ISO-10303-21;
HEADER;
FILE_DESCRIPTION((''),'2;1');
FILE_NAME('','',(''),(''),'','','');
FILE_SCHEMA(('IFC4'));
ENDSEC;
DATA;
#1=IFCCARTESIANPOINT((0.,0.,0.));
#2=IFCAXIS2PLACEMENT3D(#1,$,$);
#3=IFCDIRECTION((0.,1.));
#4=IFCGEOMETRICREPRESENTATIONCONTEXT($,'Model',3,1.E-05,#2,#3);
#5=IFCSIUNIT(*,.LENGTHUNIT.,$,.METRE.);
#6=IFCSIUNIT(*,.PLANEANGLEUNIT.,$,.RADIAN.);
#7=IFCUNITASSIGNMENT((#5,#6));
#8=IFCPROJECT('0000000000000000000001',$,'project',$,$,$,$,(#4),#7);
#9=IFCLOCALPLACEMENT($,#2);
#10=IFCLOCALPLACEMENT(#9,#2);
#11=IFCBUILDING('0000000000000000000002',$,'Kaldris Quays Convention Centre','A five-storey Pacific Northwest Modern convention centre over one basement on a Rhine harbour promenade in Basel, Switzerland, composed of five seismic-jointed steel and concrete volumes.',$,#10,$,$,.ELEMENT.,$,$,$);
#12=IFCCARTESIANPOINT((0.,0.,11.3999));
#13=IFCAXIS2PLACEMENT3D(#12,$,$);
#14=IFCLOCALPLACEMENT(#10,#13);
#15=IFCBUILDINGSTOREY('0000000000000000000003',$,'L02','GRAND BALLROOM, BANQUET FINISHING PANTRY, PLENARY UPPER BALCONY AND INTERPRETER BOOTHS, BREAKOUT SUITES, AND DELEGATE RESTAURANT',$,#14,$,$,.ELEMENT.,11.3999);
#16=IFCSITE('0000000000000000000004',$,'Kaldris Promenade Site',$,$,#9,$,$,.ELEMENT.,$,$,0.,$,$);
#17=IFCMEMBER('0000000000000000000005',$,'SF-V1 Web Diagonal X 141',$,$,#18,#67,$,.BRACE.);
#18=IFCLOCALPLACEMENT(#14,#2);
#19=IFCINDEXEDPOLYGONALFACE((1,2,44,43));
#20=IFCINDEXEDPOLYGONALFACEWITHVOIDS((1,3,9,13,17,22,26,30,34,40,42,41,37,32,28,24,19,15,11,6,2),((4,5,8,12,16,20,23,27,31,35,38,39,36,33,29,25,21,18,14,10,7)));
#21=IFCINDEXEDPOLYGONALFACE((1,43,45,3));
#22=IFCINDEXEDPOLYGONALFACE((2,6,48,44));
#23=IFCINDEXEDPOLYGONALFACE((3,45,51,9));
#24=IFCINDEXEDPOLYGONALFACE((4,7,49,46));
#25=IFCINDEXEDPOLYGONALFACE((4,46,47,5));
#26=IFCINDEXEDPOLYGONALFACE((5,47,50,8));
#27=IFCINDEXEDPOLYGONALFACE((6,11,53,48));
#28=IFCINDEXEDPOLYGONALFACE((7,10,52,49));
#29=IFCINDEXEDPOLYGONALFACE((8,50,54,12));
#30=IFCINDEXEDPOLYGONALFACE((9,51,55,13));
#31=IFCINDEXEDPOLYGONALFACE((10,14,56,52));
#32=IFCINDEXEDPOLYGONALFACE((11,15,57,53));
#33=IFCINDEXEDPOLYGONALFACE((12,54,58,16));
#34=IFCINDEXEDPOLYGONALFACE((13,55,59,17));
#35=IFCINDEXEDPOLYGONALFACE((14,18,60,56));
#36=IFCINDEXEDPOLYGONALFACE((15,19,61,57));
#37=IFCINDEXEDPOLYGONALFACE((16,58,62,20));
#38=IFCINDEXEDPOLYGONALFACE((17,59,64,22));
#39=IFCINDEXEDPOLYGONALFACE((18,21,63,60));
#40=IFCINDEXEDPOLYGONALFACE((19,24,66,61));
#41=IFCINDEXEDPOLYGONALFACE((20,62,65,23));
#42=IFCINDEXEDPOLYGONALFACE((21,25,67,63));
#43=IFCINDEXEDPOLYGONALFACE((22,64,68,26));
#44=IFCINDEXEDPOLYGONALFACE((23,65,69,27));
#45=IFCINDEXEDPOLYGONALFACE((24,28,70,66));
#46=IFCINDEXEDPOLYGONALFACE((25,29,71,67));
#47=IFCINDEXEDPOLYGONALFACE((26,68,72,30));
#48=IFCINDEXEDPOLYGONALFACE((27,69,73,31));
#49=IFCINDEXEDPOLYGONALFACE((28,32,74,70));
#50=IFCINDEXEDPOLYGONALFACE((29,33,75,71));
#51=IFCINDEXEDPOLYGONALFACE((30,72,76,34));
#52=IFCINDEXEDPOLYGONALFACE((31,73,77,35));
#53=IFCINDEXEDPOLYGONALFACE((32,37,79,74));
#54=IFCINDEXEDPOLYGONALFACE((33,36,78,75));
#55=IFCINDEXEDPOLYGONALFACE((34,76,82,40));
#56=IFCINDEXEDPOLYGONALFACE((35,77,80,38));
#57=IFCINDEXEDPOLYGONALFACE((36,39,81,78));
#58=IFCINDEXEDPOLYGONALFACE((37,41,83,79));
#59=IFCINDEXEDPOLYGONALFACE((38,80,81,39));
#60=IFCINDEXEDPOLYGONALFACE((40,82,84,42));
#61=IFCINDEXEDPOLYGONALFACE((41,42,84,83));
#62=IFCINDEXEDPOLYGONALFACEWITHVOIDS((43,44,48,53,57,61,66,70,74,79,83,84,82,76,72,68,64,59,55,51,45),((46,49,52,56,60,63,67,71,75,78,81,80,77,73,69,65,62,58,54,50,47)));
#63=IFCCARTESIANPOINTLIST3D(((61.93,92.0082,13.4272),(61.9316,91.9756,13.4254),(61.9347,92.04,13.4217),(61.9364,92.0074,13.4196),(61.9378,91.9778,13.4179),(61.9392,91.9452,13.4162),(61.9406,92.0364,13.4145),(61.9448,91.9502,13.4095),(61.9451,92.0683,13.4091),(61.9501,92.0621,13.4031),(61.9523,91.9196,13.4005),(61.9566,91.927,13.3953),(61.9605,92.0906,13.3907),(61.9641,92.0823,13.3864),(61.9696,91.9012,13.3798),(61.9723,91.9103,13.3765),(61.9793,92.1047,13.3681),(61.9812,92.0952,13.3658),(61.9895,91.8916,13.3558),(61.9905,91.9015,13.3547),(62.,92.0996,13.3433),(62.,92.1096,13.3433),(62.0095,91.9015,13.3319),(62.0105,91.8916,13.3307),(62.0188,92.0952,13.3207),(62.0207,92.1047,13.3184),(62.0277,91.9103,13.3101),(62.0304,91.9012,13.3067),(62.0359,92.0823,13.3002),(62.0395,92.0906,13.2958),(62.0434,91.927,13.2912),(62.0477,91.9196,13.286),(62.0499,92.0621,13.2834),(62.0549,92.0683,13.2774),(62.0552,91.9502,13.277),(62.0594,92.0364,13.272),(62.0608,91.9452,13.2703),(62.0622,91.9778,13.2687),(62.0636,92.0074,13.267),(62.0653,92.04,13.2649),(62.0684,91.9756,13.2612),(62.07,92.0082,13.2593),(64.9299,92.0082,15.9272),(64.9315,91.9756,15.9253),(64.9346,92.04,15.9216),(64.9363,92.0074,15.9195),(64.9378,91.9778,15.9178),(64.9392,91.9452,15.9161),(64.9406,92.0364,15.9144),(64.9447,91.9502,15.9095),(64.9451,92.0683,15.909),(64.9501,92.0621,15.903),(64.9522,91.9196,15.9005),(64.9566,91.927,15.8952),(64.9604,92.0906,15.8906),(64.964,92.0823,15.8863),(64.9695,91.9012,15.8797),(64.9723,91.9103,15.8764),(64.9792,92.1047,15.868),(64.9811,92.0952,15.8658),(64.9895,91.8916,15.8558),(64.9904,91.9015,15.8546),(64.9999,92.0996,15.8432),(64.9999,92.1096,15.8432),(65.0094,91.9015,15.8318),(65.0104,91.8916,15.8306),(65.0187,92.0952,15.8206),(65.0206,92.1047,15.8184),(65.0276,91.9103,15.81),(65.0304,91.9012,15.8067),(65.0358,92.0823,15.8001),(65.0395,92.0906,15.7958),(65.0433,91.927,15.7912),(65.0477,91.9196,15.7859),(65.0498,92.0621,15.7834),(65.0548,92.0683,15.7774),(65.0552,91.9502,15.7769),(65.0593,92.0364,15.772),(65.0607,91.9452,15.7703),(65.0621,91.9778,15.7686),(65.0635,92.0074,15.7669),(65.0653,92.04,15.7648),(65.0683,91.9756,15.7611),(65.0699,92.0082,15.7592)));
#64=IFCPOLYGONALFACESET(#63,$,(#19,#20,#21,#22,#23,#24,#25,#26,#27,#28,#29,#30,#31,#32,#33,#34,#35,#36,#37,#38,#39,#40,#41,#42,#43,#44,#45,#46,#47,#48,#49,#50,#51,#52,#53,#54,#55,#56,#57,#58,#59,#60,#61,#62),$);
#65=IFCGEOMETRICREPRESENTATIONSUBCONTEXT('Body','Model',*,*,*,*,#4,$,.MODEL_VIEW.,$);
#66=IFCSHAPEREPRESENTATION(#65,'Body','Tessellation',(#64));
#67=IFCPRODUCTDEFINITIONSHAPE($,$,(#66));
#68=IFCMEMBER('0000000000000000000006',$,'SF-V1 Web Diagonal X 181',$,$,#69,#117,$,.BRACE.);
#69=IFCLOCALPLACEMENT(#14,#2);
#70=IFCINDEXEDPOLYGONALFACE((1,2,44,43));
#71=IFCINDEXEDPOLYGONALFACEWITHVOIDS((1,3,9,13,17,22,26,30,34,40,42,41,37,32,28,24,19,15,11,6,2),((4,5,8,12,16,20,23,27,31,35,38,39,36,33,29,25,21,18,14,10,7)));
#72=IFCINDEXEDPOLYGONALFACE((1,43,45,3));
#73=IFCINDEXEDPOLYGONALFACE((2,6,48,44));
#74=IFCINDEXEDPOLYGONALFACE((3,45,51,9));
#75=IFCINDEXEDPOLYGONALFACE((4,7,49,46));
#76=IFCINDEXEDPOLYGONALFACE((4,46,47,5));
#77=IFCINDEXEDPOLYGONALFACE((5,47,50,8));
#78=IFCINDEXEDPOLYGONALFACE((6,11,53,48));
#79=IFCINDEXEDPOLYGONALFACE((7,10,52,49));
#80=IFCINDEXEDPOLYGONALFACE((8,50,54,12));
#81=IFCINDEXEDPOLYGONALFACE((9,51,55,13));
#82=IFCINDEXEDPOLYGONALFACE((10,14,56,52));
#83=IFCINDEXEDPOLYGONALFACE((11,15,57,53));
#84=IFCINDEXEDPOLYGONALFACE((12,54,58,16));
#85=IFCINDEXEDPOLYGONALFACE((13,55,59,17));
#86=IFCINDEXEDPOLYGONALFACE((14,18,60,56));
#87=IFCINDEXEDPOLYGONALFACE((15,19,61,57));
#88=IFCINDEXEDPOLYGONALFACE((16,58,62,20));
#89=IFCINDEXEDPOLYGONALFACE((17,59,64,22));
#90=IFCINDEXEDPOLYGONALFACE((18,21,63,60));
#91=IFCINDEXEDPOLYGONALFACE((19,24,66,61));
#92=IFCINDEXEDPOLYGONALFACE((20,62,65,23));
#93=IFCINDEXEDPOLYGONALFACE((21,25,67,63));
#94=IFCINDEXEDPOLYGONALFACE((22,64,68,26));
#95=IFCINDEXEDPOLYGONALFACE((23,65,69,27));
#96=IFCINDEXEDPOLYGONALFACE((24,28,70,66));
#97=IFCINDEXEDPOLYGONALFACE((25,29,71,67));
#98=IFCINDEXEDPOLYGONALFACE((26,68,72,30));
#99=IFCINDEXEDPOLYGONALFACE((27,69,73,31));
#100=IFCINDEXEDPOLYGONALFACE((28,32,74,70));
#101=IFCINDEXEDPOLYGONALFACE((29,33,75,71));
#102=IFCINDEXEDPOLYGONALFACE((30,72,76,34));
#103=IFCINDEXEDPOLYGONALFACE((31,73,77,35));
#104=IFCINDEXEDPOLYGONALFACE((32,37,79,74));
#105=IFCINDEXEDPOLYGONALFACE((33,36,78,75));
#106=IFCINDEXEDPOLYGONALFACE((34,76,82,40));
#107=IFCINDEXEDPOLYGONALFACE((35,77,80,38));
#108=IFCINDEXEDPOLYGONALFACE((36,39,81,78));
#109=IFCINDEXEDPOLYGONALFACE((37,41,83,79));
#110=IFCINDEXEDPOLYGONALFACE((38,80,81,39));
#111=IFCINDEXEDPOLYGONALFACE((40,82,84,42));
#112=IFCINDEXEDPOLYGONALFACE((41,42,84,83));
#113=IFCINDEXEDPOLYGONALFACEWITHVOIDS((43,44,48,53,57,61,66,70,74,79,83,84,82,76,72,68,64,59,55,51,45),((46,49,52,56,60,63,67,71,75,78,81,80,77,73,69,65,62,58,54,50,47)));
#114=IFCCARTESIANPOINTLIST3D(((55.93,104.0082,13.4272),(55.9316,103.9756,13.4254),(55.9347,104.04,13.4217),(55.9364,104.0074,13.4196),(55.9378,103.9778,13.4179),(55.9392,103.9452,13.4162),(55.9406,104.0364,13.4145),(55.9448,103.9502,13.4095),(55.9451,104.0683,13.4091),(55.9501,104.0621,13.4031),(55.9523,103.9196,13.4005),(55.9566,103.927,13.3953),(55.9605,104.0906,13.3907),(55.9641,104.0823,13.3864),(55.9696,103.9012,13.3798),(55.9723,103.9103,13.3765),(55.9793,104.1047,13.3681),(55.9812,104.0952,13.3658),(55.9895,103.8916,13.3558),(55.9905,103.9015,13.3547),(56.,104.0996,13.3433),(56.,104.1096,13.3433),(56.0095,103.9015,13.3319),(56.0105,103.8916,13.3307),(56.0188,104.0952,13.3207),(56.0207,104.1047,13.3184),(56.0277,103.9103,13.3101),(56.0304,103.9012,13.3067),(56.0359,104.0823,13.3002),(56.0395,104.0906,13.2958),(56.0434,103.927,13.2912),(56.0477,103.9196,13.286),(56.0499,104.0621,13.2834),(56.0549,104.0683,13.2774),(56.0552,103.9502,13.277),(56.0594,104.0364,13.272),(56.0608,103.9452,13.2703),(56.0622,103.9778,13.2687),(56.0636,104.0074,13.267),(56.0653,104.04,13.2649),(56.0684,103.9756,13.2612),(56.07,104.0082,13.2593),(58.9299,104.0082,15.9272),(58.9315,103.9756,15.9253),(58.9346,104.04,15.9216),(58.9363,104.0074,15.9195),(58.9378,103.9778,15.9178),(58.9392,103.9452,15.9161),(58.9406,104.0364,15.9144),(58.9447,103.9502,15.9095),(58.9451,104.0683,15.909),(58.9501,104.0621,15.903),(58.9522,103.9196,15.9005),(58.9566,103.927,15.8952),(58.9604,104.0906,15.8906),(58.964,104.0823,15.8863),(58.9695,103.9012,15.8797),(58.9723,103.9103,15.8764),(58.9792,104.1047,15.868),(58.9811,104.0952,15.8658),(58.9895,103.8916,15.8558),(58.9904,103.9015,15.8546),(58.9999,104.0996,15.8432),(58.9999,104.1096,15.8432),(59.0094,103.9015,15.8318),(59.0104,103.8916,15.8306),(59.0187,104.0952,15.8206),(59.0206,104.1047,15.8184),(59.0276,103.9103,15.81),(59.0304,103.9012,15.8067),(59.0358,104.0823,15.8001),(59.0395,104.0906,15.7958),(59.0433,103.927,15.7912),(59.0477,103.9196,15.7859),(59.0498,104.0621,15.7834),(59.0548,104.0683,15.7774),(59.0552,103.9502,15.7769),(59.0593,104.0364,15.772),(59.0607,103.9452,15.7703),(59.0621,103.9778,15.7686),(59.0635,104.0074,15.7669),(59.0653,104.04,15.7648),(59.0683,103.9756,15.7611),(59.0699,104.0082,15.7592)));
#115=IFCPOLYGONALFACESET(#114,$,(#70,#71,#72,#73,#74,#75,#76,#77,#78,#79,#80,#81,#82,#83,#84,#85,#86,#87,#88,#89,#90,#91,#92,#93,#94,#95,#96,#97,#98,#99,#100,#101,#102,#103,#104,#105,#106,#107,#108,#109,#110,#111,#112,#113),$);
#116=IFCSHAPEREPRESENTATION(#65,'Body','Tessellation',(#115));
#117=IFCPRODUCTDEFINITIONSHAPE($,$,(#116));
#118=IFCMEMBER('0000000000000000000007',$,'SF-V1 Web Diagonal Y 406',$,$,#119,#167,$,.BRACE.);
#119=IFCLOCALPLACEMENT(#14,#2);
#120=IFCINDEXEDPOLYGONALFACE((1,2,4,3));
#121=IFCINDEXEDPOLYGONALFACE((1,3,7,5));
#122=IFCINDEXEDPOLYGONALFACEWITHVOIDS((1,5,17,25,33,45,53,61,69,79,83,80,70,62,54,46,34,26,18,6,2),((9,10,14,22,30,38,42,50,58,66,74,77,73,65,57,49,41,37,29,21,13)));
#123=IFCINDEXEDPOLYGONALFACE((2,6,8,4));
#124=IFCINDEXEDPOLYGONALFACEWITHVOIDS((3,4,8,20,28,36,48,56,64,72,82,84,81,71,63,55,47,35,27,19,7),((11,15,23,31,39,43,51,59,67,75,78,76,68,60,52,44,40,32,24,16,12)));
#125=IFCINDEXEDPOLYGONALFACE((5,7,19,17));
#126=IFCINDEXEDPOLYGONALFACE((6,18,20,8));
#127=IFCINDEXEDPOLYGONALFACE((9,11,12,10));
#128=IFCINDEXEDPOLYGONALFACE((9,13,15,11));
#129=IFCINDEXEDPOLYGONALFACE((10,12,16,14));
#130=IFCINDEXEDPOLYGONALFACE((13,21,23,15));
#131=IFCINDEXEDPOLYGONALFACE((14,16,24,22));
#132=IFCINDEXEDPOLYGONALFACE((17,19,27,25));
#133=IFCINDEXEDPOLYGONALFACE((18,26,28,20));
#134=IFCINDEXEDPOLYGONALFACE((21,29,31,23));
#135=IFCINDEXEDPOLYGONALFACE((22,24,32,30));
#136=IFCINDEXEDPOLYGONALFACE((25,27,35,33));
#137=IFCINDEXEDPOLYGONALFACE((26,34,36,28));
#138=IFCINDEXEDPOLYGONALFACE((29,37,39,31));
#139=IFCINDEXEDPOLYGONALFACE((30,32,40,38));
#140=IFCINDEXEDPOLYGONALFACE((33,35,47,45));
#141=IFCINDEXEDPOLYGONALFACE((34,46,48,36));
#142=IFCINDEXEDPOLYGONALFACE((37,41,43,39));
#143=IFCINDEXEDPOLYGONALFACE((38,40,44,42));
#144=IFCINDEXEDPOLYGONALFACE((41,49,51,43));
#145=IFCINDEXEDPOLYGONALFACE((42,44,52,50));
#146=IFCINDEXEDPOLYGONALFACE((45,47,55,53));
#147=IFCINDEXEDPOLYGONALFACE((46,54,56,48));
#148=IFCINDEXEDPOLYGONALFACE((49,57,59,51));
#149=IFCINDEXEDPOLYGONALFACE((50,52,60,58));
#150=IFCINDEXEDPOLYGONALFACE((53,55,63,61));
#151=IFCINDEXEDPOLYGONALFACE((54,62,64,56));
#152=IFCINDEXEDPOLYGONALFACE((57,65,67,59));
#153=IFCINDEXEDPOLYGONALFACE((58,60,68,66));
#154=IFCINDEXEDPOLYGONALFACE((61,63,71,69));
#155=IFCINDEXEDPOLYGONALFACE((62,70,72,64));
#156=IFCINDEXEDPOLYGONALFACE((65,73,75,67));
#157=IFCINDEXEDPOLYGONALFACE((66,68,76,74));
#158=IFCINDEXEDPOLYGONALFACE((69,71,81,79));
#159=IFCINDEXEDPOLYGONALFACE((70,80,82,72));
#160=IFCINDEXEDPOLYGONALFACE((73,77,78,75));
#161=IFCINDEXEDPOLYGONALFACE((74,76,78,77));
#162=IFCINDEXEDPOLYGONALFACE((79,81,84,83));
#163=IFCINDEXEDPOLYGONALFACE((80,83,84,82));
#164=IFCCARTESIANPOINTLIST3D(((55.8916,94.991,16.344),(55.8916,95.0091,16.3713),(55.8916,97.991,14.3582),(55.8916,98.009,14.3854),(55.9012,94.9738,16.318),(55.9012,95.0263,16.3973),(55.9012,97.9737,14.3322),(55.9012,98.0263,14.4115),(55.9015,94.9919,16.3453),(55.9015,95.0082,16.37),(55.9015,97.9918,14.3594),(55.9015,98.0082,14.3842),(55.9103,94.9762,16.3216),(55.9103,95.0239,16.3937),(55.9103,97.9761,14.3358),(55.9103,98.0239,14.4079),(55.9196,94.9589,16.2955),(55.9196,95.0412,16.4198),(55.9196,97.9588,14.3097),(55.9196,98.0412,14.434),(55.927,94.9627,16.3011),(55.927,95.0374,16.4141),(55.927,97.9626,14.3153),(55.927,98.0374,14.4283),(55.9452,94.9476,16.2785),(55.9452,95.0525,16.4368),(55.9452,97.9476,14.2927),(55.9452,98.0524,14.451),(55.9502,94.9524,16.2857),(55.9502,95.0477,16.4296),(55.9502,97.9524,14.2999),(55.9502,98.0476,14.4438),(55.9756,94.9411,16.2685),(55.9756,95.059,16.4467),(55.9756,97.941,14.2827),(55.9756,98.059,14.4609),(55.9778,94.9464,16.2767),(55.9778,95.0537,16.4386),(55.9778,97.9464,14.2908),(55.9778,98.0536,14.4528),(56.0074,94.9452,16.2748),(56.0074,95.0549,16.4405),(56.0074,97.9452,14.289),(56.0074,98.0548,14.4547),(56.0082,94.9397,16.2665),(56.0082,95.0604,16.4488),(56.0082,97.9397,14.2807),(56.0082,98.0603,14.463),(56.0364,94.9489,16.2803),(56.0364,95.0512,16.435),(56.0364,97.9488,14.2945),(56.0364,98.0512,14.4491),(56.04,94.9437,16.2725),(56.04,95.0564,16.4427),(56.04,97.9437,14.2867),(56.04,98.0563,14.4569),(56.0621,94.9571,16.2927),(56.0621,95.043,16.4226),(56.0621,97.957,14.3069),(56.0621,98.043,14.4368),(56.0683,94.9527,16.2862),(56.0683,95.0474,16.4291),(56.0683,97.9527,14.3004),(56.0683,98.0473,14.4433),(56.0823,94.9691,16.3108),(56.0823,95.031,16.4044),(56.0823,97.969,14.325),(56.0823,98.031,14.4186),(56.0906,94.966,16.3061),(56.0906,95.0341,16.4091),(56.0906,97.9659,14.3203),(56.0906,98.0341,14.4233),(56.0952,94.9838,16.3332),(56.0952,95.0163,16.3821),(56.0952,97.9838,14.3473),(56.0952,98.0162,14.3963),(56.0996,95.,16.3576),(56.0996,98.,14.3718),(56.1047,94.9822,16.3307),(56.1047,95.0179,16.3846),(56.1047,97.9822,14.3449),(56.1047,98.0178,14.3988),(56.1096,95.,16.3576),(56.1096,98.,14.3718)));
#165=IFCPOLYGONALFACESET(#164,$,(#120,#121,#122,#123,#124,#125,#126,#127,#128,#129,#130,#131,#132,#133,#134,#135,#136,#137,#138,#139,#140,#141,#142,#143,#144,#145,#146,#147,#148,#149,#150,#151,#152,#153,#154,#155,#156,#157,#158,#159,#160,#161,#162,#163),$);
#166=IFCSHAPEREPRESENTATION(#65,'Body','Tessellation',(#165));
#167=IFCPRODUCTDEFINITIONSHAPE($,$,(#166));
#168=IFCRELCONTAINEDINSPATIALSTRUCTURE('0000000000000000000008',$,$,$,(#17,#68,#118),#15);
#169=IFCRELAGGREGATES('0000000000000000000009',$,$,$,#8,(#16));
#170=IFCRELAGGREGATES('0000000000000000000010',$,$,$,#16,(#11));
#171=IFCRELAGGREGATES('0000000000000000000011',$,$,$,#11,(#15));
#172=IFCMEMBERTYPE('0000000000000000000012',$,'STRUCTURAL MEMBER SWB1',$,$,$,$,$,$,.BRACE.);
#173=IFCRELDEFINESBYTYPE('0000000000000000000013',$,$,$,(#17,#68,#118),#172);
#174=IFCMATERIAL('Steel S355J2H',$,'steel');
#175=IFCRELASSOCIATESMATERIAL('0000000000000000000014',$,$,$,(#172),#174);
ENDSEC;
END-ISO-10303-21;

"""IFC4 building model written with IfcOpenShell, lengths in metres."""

from ifc_helpers import new_model, si_unit, direction, frame, origin, origin_2d, place, context, subcontext, project, spatial, hollow_circle, extrude, material, material_profile, profile_set, type_object, element, save


model = new_model("IFC4")

# Units and contexts
model_context = context("Model", 3, precision=1e-05, world=origin(), true_north=direction((0.0, 1.0)))
body_context = subcontext(model_context, "Body", "Model", "MODEL_VIEW")
ifc_project = project(units=[si_unit("LENGTHUNIT", "METRE"), si_unit("PLANEANGLEUNIT", "RADIAN")], contexts=[model_context])

# Site, building, storey
site_placement = place(None, origin())
site = spatial("IfcSite", under=ifc_project, at=site_placement, Name="Kaldris Promenade Site", CompositionType="ELEMENT", RefElevation=0.0)
building_placement = place(site_placement, origin())
building = spatial("IfcBuilding", under=site, at=building_placement, Name="Kaldris Quays Convention Centre", Description="A five-storey Pacific Northwest Modern convention centre over one basement on a Rhine harbour promenade in Basel, Switzerland, composed of five seismic-jointed steel and concrete volumes.", CompositionType="ELEMENT")
storey_placement = place(building_placement, frame((0.0, 0.0, 11.3999)))
storey = spatial("IfcBuildingStorey", under=building, at=storey_placement, Name="L02", Description="GRAND BALLROOM, BANQUET FINISHING PANTRY, PLENARY UPPER BALCONY AND INTERPRETER BOOTHS, BREAKOUT SUITES, AND DELEGATE RESTAURANT", CompositionType="ELEMENT", Elevation=11.3999)

# Members
ifc_material_1 = material(Name="Steel S355J2H", Category="steel")
ifc_material_profile_1 = material_profile(ifc_material_1, hollow_circle(Radius=0.1096, WallThickness=0.01, at=origin_2d()), Name="CHS 219.1x10")
ifc_profile_set_1 = profile_set([ifc_material_profile_1], Name="Steel S355J2H")
member_type_1 = type_object("IfcMemberType", Name="STRUCTURAL MEMBER SWB1", PredefinedType="BRACE", material=ifc_profile_set_1)
for number, where, z_axis, x_axis, name in (
    (1, (62.0, 92.0, 13.3433), (0.768221, 0.0, 0.640184), (0.0, 1.0, 0.0), "SF-V1 Web Diagonal X 141"),
    (2, (56.0, 104.0, 13.3433), (0.768221, 0.0, 0.640184), (0.0, 1.0, 0.0), "SF-V1 Web Diagonal X 181"),
):
    element("IfcMember", number, at=place(storey_placement, frame(where, z_axis=z_axis, x_axis=x_axis)), inside=storey, type_object=member_type_1, Name=name, PredefinedType="BRACE", context=body_context, shape_type="SweptSolid", body=[
        extrude(hollow_circle(Radius=0.1096, WallThickness=0.01, at=origin_2d()), origin(), (0.0, 0.0, 1.0), 3.905),
    ])
for number, where, z_axis, x_axis, name in (
    (3, (56.0, 98.0, 14.3718), (0.0, -0.833862, 0.551972), (1.0, 0.0, 0.0), "SF-V1 Web Diagonal Y 406"),
):
    element("IfcMember", number, at=place(storey_placement, frame(where, z_axis=z_axis, x_axis=x_axis)), inside=storey, type_object=member_type_1, Name=name, PredefinedType="BRACE", context=body_context, shape_type="SweptSolid", body=[
        extrude(hollow_circle(Radius=0.1096, WallThickness=0.01, at=origin_2d()), origin(), (0.0, 0.0, 1.0), 3.5977),
    ])

save(model, "model.ifc")
